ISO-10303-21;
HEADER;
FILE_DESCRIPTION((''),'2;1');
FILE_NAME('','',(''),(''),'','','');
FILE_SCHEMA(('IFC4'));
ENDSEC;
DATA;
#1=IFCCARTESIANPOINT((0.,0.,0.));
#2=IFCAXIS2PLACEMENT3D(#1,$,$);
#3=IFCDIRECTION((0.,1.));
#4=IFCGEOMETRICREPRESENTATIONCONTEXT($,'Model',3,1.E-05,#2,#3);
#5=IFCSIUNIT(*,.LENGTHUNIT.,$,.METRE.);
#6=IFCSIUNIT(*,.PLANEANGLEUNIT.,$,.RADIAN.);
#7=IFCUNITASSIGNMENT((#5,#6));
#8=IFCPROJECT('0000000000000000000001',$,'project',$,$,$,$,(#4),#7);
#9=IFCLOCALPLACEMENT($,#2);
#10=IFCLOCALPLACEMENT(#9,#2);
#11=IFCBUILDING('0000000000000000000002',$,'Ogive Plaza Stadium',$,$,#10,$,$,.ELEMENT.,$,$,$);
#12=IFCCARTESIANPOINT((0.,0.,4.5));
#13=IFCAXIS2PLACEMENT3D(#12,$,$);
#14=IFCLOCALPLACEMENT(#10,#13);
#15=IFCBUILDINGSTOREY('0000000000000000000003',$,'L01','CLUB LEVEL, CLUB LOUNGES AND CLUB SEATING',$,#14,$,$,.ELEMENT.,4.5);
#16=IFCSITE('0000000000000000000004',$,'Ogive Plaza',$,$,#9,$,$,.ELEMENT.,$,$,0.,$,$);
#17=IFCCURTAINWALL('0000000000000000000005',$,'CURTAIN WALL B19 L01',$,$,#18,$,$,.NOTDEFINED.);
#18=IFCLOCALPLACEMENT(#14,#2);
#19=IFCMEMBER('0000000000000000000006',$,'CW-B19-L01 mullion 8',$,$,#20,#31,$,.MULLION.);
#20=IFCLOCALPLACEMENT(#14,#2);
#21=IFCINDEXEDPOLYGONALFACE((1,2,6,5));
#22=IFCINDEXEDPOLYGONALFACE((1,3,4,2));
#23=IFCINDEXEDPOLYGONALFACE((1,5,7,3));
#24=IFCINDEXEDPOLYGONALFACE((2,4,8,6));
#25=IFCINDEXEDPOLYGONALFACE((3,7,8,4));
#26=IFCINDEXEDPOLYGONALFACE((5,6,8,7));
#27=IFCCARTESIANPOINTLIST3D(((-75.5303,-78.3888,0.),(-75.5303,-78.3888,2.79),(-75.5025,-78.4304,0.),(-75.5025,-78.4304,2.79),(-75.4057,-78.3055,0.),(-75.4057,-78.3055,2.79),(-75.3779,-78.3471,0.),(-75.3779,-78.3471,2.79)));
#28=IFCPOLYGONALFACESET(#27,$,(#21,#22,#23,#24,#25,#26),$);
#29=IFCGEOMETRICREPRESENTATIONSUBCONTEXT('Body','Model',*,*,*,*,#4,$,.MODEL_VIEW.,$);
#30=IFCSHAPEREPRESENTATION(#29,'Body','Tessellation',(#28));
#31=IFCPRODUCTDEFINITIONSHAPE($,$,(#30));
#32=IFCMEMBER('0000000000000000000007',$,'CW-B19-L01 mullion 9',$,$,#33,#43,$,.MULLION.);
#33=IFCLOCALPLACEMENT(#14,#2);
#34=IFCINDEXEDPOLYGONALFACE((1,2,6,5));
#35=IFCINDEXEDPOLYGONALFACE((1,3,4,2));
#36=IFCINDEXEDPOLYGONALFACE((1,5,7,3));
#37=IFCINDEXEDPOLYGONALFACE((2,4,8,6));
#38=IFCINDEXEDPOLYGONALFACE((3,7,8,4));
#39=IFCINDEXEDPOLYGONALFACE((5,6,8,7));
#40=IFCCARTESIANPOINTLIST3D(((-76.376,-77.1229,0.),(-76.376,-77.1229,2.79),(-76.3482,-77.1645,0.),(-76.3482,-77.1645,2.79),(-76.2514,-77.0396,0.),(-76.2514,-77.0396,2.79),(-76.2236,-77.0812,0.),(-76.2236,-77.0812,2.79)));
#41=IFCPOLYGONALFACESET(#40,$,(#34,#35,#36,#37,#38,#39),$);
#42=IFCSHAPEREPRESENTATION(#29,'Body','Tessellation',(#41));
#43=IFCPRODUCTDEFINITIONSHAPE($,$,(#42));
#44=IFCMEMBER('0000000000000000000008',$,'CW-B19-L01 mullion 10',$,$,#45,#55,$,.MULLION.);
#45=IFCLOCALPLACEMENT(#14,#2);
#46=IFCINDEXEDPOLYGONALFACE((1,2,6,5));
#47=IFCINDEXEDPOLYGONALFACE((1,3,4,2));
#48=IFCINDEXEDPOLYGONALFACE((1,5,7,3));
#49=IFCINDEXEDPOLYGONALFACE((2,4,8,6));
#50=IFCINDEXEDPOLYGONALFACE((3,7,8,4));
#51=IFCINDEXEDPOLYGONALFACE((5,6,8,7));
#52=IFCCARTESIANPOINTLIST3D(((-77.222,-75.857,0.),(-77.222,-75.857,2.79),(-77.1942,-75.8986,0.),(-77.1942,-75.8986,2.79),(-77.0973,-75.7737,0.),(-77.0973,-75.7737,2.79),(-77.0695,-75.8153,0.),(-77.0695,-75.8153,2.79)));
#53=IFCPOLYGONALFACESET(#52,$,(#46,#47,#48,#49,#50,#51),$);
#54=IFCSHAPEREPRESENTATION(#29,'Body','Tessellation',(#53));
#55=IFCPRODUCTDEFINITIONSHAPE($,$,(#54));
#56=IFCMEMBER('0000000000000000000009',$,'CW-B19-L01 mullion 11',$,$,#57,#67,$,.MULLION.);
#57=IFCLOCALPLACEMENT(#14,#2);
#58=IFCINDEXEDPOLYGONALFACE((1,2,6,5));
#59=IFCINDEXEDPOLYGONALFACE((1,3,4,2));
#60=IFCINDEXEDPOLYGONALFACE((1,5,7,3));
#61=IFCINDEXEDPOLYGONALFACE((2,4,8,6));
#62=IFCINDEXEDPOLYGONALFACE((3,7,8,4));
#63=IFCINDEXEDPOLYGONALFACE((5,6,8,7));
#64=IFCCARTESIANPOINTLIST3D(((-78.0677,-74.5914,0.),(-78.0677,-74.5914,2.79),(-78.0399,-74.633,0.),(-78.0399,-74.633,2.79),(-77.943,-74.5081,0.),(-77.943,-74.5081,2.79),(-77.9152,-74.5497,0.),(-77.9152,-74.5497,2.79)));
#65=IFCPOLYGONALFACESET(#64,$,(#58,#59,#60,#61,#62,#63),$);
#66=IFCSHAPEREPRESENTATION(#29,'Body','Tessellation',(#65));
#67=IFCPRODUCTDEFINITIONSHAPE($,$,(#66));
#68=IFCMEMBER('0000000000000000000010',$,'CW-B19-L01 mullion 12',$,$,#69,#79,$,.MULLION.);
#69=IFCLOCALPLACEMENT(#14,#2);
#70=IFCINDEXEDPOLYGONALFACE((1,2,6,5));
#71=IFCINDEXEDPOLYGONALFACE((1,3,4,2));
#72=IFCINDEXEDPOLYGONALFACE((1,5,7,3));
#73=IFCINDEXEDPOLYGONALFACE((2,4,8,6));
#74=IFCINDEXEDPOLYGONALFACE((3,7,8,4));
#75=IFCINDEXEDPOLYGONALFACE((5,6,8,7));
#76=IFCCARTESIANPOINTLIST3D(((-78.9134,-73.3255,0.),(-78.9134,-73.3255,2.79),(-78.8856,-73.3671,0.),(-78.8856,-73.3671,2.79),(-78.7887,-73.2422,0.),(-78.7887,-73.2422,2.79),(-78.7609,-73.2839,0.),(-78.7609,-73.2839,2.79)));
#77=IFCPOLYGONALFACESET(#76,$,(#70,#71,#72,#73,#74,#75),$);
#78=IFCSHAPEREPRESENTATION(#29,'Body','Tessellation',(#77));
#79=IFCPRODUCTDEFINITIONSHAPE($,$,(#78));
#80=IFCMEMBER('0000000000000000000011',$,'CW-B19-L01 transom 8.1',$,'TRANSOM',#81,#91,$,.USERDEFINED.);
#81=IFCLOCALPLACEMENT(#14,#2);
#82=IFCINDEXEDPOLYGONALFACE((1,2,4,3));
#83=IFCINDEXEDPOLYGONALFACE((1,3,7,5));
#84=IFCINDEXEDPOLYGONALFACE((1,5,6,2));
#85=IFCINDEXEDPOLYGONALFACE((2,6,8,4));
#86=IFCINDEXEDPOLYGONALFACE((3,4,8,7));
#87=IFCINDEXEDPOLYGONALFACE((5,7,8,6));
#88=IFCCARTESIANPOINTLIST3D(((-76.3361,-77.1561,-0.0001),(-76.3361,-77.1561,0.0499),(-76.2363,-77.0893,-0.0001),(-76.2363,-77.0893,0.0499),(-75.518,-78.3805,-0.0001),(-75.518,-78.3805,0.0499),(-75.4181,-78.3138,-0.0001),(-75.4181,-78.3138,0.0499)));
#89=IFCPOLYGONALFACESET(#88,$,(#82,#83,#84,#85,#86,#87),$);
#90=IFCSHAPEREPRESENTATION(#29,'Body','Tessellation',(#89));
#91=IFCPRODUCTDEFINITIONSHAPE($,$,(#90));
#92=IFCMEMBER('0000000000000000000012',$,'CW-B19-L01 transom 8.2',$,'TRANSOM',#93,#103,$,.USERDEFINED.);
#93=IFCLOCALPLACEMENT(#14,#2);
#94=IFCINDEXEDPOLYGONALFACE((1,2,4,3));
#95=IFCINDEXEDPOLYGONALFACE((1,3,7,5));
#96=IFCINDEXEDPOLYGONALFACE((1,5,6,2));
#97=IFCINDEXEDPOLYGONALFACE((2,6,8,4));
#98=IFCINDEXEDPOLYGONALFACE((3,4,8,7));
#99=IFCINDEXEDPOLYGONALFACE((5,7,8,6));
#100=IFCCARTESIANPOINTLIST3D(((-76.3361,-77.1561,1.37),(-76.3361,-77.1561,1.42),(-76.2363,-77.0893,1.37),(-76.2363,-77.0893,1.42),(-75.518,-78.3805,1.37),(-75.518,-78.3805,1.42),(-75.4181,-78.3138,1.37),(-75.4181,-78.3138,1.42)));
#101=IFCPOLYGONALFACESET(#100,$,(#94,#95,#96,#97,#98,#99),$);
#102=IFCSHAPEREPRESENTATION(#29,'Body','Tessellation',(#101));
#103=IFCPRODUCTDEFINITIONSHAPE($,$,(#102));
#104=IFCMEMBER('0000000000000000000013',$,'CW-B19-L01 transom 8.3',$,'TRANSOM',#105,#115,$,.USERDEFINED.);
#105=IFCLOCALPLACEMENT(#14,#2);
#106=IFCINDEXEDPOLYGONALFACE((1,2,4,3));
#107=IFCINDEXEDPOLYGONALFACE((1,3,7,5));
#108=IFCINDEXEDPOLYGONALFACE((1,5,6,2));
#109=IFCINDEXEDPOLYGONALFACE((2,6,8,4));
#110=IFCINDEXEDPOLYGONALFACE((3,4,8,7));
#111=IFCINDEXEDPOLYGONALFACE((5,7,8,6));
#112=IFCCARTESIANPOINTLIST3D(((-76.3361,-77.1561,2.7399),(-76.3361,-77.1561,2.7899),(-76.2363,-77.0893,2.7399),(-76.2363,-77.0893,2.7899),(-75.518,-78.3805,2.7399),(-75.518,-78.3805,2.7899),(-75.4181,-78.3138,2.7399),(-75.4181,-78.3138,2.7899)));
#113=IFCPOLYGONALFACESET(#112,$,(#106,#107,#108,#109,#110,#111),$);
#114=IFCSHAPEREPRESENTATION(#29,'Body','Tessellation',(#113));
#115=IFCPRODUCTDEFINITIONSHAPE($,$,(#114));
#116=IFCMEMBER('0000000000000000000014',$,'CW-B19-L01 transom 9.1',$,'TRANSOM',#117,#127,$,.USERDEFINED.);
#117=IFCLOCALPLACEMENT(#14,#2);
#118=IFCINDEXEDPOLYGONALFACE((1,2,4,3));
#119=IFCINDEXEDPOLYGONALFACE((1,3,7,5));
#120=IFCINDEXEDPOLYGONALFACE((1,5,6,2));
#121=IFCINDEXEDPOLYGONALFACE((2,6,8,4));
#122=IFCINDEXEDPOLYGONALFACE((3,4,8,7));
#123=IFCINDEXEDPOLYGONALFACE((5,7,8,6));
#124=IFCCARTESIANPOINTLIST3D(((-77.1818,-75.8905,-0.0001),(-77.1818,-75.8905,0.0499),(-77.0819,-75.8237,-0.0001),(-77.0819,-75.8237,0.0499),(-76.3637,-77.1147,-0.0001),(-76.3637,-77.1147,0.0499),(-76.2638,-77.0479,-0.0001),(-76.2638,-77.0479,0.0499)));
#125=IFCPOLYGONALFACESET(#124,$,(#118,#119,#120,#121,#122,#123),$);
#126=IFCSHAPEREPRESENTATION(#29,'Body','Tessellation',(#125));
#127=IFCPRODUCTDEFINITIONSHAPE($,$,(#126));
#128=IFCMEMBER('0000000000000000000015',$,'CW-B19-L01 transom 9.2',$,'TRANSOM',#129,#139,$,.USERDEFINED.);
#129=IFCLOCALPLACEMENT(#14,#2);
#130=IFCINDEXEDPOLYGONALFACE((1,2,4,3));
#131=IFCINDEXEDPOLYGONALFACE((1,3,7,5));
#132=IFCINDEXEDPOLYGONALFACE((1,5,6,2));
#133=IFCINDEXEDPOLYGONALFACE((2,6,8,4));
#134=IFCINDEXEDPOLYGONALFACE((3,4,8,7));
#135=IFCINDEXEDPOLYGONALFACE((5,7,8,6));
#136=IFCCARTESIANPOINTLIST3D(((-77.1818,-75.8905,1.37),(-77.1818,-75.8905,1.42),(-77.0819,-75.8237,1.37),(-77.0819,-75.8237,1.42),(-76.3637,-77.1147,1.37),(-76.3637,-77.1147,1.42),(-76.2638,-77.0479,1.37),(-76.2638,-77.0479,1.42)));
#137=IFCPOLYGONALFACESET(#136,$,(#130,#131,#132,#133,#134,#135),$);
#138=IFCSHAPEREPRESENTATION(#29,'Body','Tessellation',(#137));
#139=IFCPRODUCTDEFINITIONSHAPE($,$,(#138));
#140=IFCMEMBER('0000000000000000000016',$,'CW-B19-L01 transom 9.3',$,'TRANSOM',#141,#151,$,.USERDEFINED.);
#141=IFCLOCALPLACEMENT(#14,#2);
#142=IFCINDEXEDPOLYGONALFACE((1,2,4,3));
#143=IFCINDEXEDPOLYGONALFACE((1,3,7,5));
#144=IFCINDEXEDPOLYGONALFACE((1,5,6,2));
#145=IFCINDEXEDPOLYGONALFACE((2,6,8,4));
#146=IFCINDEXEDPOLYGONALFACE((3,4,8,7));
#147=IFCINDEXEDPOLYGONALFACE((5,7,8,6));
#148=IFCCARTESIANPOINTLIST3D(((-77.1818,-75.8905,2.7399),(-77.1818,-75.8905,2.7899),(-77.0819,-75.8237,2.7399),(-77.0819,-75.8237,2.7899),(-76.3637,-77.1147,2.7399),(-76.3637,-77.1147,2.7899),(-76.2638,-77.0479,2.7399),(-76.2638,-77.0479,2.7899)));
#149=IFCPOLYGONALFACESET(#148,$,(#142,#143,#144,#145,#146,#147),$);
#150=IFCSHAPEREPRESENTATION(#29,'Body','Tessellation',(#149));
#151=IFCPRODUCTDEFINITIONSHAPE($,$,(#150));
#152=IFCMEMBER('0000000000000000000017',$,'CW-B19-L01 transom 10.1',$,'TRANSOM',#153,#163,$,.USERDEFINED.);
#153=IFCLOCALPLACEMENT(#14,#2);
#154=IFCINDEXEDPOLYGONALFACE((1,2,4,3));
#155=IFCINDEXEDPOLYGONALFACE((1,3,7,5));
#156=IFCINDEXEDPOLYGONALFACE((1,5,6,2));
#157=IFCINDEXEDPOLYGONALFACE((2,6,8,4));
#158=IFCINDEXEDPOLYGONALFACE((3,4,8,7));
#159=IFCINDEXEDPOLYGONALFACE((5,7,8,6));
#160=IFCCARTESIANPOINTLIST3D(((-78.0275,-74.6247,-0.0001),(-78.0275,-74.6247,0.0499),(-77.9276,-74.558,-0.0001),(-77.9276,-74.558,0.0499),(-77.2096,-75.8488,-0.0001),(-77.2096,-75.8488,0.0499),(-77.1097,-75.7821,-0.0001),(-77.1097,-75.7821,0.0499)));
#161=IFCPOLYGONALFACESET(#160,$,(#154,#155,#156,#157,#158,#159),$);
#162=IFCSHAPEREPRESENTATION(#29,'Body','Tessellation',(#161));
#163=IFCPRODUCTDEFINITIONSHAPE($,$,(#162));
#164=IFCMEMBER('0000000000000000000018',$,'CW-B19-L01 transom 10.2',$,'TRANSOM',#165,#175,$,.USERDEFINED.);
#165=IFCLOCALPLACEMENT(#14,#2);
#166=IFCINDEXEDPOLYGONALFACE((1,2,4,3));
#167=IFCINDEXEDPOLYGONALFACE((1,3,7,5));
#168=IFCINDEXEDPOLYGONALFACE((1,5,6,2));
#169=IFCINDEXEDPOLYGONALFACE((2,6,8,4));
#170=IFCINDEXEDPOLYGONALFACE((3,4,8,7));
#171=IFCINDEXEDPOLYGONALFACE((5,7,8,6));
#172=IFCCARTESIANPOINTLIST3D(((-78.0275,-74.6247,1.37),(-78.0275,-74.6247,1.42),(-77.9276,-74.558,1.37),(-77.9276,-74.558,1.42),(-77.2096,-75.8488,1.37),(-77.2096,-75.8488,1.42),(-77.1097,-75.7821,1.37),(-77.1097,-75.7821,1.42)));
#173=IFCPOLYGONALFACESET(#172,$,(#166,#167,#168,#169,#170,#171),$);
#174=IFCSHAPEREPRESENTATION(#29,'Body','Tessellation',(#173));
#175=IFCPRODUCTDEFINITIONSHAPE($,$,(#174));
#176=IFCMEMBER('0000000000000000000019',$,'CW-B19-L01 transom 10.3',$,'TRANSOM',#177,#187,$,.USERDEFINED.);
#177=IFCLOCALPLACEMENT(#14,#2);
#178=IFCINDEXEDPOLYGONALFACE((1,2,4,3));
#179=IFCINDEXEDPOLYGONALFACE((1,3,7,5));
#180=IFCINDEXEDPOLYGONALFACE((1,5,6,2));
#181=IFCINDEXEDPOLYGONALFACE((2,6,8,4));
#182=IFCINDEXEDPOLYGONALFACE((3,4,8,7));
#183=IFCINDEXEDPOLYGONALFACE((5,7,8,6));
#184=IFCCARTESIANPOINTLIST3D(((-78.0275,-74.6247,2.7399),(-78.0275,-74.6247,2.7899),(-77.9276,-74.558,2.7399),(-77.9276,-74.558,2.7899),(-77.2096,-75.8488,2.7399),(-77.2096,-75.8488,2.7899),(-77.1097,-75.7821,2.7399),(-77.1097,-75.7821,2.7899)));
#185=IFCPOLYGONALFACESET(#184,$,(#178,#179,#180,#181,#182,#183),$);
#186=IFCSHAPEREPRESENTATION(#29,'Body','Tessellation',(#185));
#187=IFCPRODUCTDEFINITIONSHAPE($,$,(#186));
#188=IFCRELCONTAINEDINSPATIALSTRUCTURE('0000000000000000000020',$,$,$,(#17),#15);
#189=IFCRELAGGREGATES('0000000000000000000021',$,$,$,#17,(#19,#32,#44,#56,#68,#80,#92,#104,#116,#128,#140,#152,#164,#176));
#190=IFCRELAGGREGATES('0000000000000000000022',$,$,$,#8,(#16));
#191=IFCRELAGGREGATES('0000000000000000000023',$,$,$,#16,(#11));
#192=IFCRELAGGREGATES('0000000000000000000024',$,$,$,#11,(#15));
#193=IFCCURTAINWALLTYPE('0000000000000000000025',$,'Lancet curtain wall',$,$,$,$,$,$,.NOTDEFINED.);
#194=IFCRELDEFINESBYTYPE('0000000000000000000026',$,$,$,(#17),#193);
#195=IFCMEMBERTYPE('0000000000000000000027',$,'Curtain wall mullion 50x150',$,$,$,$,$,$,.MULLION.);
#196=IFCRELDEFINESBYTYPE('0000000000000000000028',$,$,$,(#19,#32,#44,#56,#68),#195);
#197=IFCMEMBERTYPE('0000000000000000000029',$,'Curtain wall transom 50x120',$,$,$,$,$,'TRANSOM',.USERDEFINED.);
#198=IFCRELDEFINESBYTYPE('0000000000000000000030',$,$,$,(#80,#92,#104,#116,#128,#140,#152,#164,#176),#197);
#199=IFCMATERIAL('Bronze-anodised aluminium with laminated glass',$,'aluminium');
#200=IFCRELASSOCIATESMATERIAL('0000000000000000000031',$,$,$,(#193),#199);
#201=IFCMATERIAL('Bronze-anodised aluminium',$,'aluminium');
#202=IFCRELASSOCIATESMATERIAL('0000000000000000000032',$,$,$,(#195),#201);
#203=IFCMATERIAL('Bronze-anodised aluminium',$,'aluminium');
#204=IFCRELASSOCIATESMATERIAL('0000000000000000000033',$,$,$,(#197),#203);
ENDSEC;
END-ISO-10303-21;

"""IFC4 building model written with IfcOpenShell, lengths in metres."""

from ifc_helpers import new_model, si_unit, direction, frame, origin, origin_2d, place, context, subcontext, project, spatial, rectangle, extrude, material, material_profile, profile_set, type_object, element, aggregate, save


model = new_model("IFC4")

# Units and contexts
model_context = context("Model", 3, precision=1e-05, world=origin(), true_north=direction((0.0, 1.0)))
body_context = subcontext(model_context, "Body", "Model", "MODEL_VIEW")
ifc_project = project(units=[si_unit("LENGTHUNIT", "METRE"), si_unit("PLANEANGLEUNIT", "RADIAN")], contexts=[model_context])

# Site, building, storey
site_placement = place(None, origin())
site = spatial("IfcSite", under=ifc_project, at=site_placement, Name="Ogive Plaza", CompositionType="ELEMENT", RefElevation=0.0)
building_placement = place(site_placement, origin())
building = spatial("IfcBuilding", under=site, at=building_placement, Name="Ogive Plaza Stadium", CompositionType="ELEMENT")
storey_placement = place(building_placement, frame((0.0, 0.0, 4.5)))
storey = spatial("IfcBuildingStorey", under=building, at=storey_placement, Name="L01", Description="CLUB LEVEL, CLUB LOUNGES AND CLUB SEATING", CompositionType="ELEMENT", Elevation=4.5)

# Curtain wall, members
ifc_material_1 = material(Name="Bronze-anodised aluminium with laminated glass", Category="aluminium")
curtain_wall_type = type_object("IfcCurtainWallType", Name="Lancet curtain wall", PredefinedType="NOTDEFINED", material=ifc_material_1)
curtain_wall_placement = place(storey_placement, origin())
curtain_wall = element("IfcCurtainWall", 1, at=curtain_wall_placement, inside=storey, type_object=curtain_wall_type, Name="CURTAIN WALL B19 L01", PredefinedType="NOTDEFINED")
ifc_material_2 = material(Name="Bronze-anodised aluminium", Category="aluminium")
ifc_material_profile_1 = material_profile(ifc_material_2, rectangle(XDim=0.1499, YDim=0.05, at=origin_2d()), Name="AL 150x50")
ifc_profile_set_1 = profile_set([ifc_material_profile_1], Name="Bronze-anodised aluminium")
member_type_1 = type_object("IfcMemberType", Name="Curtain wall mullion 50x150", PredefinedType="MULLION", material=ifc_profile_set_1)
member_1_placement = place(storey_placement, frame((-75.4541, -78.3679, 0.0), z_axis=(0.0, 0.0, 1.0), x_axis=(-0.83147, -0.55557, 0.0)))
member_1 = element("IfcMember", 2, at=member_1_placement, type_object=member_type_1, Name="CW-B19-L01 mullion 8", PredefinedType="MULLION", context=body_context, shape_type="SweptSolid", body=[
    extrude(rectangle(XDim=0.1499, YDim=0.05, at=origin_2d()), origin(), (0.0, 0.0, 1.0), 2.79),
])
member_2_placement = place(storey_placement, frame((-76.2998, -77.1021, 0.0), z_axis=(0.0, 0.0, 1.0), x_axis=(-0.83147, -0.55557, 0.0)))
member_2 = element("IfcMember", 3, at=member_2_placement, type_object=member_type_1, Name="CW-B19-L01 mullion 9", PredefinedType="MULLION", context=body_context, shape_type="SweptSolid", body=[
    extrude(rectangle(XDim=0.1499, YDim=0.05, at=origin_2d()), origin(), (0.0, 0.0, 1.0), 2.79),
])
member_3_placement = place(storey_placement, frame((-77.1458, -75.8362, 0.0), z_axis=(0.0, 0.0, 1.0), x_axis=(-0.83147, -0.55557, 0.0)))
member_3 = element("IfcMember", 4, at=member_3_placement, type_object=member_type_1, Name="CW-B19-L01 mullion 10", PredefinedType="MULLION", context=body_context, shape_type="SweptSolid", body=[
    extrude(rectangle(XDim=0.1499, YDim=0.05, at=origin_2d()), origin(), (0.0, 0.0, 1.0), 2.79),
])
member_4_placement = place(storey_placement, frame((-77.9915, -74.5706, 0.0), z_axis=(0.0, 0.0, 1.0), x_axis=(-0.83147, -0.55557, 0.0)))
member_4 = element("IfcMember", 5, at=member_4_placement, type_object=member_type_1, Name="CW-B19-L01 mullion 11", PredefinedType="MULLION", context=body_context, shape_type="SweptSolid", body=[
    extrude(rectangle(XDim=0.1499, YDim=0.05, at=origin_2d()), origin(), (0.0, 0.0, 1.0), 2.79),
])
member_5_placement = place(storey_placement, frame((-78.8372, -73.3047, 0.0), z_axis=(0.0, 0.0, 1.0), x_axis=(-0.83147, -0.55557, 0.0)))
member_5 = element("IfcMember", 6, at=member_5_placement, type_object=member_type_1, Name="CW-B19-L01 mullion 12", PredefinedType="MULLION", context=body_context, shape_type="SweptSolid", body=[
    extrude(rectangle(XDim=0.1499, YDim=0.05, at=origin_2d()), origin(), (0.0, 0.0, 1.0), 2.79),
])
ifc_material_3 = material(Name="Bronze-anodised aluminium", Category="aluminium")
ifc_material_profile_2 = material_profile(ifc_material_3, rectangle(XDim=0.1201, YDim=0.05, at=origin_2d()), Name="AL 120x50")
ifc_profile_set_2 = profile_set([ifc_material_profile_2], Name="Bronze-anodised aluminium")
member_type_2 = type_object("IfcMemberType", Name="Curtain wall transom 50x120", ElementType="TRANSOM", PredefinedType="USERDEFINED", material=ifc_profile_set_2)
member_6_placement = place(storey_placement, frame((-75.468, -78.3472, 0.0249), z_axis=(-0.55558, 0.831463, 0.0), x_axis=(-0.831463, -0.55558, 0.0)))
member_6 = element("IfcMember", 7, at=member_6_placement, type_object=member_type_2, Name="CW-B19-L01 transom 8.1", ObjectType="TRANSOM", PredefinedType="USERDEFINED", context=body_context, shape_type="SweptSolid", body=[
    extrude(rectangle(XDim=0.1201, YDim=0.05, at=origin_2d()), origin(), (0.0, 0.0, 1.0), 1.4727),
])
member_7_placement = place(storey_placement, frame((-75.468, -78.3472, 1.395), z_axis=(-0.55558, 0.831463, 0.0), x_axis=(-0.831463, -0.55558, 0.0)))
member_7 = element("IfcMember", 8, at=member_7_placement, type_object=member_type_2, Name="CW-B19-L01 transom 8.2", ObjectType="TRANSOM", PredefinedType="USERDEFINED", context=body_context, shape_type="SweptSolid", body=[
    extrude(rectangle(XDim=0.1201, YDim=0.05, at=origin_2d()), origin(), (0.0, 0.0, 1.0), 1.4727),
])
member_8_placement = place(storey_placement, frame((-75.468, -78.3472, 2.7649), z_axis=(-0.55558, 0.831463, 0.0), x_axis=(-0.831463, -0.55558, 0.0)))
member_8 = element("IfcMember", 9, at=member_8_placement, type_object=member_type_2, Name="CW-B19-L01 transom 8.3", ObjectType="TRANSOM", PredefinedType="USERDEFINED", context=body_context, shape_type="SweptSolid", body=[
    extrude(rectangle(XDim=0.1201, YDim=0.05, at=origin_2d()), origin(), (0.0, 0.0, 1.0), 1.4727),
])
member_9_placement = place(storey_placement, frame((-76.3137, -77.0813, 0.0249), z_axis=(-0.555656, 0.831412, 0.0), x_axis=(-0.831412, -0.555656, 0.0)))
member_9 = element("IfcMember", 10, at=member_9_placement, type_object=member_type_2, Name="CW-B19-L01 transom 9.1", ObjectType="TRANSOM", PredefinedType="USERDEFINED", context=body_context, shape_type="SweptSolid", body=[
    extrude(rectangle(XDim=0.1201, YDim=0.05, at=origin_2d()), origin(), (0.0, 0.0, 1.0), 1.4724),
])
member_10_placement = place(storey_placement, frame((-76.3137, -77.0813, 1.395), z_axis=(-0.555656, 0.831412, 0.0), x_axis=(-0.831412, -0.555656, 0.0)))
member_10 = element("IfcMember", 11, at=member_10_placement, type_object=member_type_2, Name="CW-B19-L01 transom 9.2", ObjectType="TRANSOM", PredefinedType="USERDEFINED", context=body_context, shape_type="SweptSolid", body=[
    extrude(rectangle(XDim=0.1201, YDim=0.05, at=origin_2d()), origin(), (0.0, 0.0, 1.0), 1.4724),
])
member_11_placement = place(storey_placement, frame((-76.3137, -77.0813, 2.7649), z_axis=(-0.555656, 0.831412, 0.0), x_axis=(-0.831412, -0.555656, 0.0)))
member_11 = element("IfcMember", 12, at=member_11_placement, type_object=member_type_2, Name="CW-B19-L01 transom 9.3", ObjectType="TRANSOM", PredefinedType="USERDEFINED", context=body_context, shape_type="SweptSolid", body=[
    extrude(rectangle(XDim=0.1201, YDim=0.05, at=origin_2d()), origin(), (0.0, 0.0, 1.0), 1.4724),
])
member_12_placement = place(storey_placement, frame((-77.1597, -75.8154, 0.0249), z_axis=(-0.555542, 0.831489, 0.0), x_axis=(-0.831489, -0.555542, 0.0)))
member_12 = element("IfcMember", 13, at=member_12_placement, type_object=member_type_2, Name="CW-B19-L01 transom 10.1", ObjectType="TRANSOM", PredefinedType="USERDEFINED", context=body_context, shape_type="SweptSolid", body=[
    extrude(rectangle(XDim=0.1201, YDim=0.05, at=origin_2d()), origin(), (0.0, 0.0, 1.0), 1.4722),
])
member_13_placement = place(storey_placement, frame((-77.1597, -75.8154, 1.395), z_axis=(-0.555542, 0.831489, 0.0), x_axis=(-0.831489, -0.555542, 0.0)))
member_13 = element("IfcMember", 14, at=member_13_placement, type_object=member_type_2, Name="CW-B19-L01 transom 10.2", ObjectType="TRANSOM", PredefinedType="USERDEFINED", context=body_context, shape_type="SweptSolid", body=[
    extrude(rectangle(XDim=0.1201, YDim=0.05, at=origin_2d()), origin(), (0.0, 0.0, 1.0), 1.4722),
])
member_14_placement = place(storey_placement, frame((-77.1597, -75.8154, 2.7649), z_axis=(-0.555542, 0.831489, 0.0), x_axis=(-0.831489, -0.555542, 0.0)))
member_14 = element("IfcMember", 15, at=member_14_placement, type_object=member_type_2, Name="CW-B19-L01 transom 10.3", ObjectType="TRANSOM", PredefinedType="USERDEFINED", context=body_context, shape_type="SweptSolid", body=[
    extrude(rectangle(XDim=0.1201, YDim=0.05, at=origin_2d()), origin(), (0.0, 0.0, 1.0), 1.4722),
])
aggregate(curtain_wall, [member_1, member_2, member_3, member_4, member_5, member_6, member_7, member_8, member_9, member_10, member_11, member_12, member_13, member_14])

save(model, "model.ifc")
